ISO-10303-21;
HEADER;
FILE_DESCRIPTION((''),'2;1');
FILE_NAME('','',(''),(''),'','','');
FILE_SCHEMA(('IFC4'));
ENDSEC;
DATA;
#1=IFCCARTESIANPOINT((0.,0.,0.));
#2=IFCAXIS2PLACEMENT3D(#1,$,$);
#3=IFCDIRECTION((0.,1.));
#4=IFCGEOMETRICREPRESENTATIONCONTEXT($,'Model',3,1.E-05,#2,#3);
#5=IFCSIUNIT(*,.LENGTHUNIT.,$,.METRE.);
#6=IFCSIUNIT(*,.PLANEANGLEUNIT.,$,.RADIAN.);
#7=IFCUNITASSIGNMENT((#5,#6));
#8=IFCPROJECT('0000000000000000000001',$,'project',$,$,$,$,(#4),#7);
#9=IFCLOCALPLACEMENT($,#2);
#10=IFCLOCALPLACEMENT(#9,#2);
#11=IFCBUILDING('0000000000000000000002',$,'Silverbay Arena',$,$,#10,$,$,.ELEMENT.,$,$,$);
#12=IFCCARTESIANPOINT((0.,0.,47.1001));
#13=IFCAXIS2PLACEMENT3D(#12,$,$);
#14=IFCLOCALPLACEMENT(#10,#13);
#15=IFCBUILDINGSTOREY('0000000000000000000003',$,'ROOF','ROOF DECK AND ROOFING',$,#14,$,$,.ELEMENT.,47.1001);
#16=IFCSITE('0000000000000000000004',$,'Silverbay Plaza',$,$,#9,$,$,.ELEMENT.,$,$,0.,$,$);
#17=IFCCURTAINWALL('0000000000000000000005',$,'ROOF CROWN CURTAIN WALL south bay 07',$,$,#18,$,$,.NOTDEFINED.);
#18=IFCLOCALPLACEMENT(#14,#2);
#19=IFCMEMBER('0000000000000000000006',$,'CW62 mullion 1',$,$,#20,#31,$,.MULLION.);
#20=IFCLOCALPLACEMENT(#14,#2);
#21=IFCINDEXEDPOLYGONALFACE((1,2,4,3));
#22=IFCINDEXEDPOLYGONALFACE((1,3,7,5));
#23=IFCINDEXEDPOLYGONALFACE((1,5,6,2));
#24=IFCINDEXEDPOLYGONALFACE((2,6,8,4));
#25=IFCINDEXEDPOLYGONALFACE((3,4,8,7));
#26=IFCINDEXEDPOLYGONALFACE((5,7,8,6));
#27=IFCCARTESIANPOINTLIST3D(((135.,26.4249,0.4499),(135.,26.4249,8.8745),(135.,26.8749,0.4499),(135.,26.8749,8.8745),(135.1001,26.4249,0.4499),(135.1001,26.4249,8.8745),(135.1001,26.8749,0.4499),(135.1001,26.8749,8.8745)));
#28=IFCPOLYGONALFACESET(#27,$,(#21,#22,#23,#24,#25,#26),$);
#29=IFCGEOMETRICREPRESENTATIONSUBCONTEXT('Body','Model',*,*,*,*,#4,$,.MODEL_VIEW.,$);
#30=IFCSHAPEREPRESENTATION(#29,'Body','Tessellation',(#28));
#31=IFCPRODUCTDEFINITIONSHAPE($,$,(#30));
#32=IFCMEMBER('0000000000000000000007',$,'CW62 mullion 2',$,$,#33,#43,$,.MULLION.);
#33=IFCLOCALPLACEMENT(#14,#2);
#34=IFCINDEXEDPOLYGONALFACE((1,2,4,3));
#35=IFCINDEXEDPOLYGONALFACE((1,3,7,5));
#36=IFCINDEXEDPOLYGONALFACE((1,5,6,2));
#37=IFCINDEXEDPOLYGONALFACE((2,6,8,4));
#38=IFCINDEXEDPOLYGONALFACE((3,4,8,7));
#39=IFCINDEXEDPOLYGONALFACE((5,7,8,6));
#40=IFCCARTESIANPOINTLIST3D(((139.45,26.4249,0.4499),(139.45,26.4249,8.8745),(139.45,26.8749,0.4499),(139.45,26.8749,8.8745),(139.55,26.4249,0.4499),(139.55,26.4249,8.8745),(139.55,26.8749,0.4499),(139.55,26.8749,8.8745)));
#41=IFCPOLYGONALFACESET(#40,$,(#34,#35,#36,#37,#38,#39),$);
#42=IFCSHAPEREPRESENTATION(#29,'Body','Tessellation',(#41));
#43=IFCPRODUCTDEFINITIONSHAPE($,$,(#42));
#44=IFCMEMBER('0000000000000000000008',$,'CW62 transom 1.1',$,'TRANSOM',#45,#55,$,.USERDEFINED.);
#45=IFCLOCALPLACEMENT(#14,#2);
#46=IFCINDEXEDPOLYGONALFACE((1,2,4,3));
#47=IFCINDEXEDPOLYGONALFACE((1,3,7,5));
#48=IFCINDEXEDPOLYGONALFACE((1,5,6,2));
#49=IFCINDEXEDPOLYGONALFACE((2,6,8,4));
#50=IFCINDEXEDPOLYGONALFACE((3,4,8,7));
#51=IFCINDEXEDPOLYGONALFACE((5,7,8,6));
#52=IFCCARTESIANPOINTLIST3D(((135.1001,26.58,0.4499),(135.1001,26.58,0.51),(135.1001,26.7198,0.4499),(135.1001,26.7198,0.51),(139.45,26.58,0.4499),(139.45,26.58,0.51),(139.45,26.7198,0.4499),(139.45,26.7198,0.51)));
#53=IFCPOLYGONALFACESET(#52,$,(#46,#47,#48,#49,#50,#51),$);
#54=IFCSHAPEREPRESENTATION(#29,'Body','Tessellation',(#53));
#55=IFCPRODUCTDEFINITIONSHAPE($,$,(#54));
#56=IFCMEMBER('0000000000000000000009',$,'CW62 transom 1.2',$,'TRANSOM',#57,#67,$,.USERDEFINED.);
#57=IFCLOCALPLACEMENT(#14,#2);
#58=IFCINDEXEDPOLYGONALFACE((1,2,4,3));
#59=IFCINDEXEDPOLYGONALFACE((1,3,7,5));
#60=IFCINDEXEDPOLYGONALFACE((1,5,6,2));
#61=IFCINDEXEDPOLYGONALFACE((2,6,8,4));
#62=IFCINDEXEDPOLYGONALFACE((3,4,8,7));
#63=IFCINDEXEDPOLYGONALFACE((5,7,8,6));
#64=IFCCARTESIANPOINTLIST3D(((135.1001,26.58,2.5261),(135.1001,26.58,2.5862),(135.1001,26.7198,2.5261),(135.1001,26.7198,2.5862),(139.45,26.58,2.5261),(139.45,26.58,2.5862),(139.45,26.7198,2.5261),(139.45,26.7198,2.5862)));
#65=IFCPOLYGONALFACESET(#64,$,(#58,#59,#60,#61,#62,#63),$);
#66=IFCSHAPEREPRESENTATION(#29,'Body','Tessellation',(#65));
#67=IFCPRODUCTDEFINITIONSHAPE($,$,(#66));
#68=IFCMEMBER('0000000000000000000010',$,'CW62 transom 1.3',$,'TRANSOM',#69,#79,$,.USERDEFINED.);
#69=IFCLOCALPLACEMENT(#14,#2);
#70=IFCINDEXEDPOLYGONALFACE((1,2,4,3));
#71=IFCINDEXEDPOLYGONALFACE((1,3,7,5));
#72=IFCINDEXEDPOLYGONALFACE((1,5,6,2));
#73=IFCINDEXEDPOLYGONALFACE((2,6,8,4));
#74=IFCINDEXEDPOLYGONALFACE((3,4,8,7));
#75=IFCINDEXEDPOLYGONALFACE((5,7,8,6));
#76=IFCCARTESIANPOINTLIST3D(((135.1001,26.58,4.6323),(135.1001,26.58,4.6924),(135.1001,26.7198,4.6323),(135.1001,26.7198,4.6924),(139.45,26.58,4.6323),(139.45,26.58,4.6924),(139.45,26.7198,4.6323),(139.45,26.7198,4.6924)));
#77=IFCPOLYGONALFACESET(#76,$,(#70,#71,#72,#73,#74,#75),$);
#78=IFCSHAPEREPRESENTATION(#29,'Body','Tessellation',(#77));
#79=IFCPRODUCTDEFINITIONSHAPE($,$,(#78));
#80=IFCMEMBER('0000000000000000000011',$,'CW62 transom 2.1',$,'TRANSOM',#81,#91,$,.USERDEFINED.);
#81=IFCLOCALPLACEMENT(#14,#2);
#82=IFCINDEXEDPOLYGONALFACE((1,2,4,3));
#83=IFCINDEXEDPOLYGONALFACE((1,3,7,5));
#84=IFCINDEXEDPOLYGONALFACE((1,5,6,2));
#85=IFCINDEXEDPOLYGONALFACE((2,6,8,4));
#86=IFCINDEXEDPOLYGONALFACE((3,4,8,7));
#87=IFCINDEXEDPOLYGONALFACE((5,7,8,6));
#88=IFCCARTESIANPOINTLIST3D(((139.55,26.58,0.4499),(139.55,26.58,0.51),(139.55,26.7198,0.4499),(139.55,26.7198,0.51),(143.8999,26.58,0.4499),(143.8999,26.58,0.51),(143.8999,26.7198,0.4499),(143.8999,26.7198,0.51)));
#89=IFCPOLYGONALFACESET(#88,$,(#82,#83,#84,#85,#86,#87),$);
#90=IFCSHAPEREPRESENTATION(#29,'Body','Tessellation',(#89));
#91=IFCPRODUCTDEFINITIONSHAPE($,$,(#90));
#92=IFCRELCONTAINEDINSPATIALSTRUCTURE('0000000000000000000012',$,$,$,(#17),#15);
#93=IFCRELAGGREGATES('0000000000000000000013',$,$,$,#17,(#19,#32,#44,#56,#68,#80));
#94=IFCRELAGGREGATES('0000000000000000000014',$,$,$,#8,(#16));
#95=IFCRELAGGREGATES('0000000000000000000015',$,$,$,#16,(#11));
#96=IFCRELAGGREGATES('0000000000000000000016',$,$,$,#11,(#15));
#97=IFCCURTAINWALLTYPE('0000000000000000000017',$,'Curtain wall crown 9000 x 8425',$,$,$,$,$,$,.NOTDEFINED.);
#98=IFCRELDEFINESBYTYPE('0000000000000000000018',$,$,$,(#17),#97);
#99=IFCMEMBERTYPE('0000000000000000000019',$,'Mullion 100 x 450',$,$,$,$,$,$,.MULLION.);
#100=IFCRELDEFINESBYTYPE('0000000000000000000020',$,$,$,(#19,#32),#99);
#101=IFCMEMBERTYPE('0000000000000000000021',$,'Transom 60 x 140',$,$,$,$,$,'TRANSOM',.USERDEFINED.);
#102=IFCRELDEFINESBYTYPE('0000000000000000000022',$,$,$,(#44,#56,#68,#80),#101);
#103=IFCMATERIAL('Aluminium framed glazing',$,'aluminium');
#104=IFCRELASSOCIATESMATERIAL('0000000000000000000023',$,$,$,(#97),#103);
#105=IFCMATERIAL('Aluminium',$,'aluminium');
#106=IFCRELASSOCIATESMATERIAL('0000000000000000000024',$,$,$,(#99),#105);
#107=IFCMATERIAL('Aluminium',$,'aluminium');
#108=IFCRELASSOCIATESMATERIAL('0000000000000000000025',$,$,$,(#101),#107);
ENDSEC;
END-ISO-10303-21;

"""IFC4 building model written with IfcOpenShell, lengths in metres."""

from ifc_helpers import new_model, si_unit, direction, frame, origin, origin_2d, place, context, subcontext, project, spatial, rectangle, extrude, material, material_profile, profile_set, type_object, element, aggregate, save


model = new_model("IFC4")

# Units and contexts
model_context = context("Model", 3, precision=1e-05, world=origin(), true_north=direction((0.0, 1.0)))
body_context = subcontext(model_context, "Body", "Model", "MODEL_VIEW")
ifc_project = project(units=[si_unit("LENGTHUNIT", "METRE"), si_unit("PLANEANGLEUNIT", "RADIAN")], contexts=[model_context])

# Site, building, storey
site_placement = place(None, origin())
site = spatial("IfcSite", under=ifc_project, at=site_placement, Name="Silverbay Plaza", CompositionType="ELEMENT", RefElevation=0.0)
building_placement = place(site_placement, origin())
building = spatial("IfcBuilding", under=site, at=building_placement, Name="Silverbay Arena", CompositionType="ELEMENT")
storey_placement = place(building_placement, frame((0.0, 0.0, 47.1001)))
storey = spatial("IfcBuildingStorey", under=building, at=storey_placement, Name="ROOF", Description="ROOF DECK AND ROOFING", CompositionType="ELEMENT", Elevation=47.1001)

# Curtain wall, members
ifc_material_1 = material(Name="Aluminium framed glazing", Category="aluminium")
curtain_wall_type = type_object("IfcCurtainWallType", Name="Curtain wall crown 9000 x 8425", PredefinedType="NOTDEFINED", material=ifc_material_1)
curtain_wall_placement = place(storey_placement, origin())
curtain_wall = element("IfcCurtainWall", 1, at=curtain_wall_placement, inside=storey, type_object=curtain_wall_type, Name="ROOF CROWN CURTAIN WALL south bay 07", PredefinedType="NOTDEFINED")
ifc_material_2 = material(Name="Aluminium", Category="aluminium")
ifc_material_profile_1 = material_profile(ifc_material_2, rectangle(XDim=0.45, YDim=0.1001, at=origin_2d()), Name="Mullion 100 x 450")
ifc_profile_set_1 = profile_set([ifc_material_profile_1], Name="Aluminium")
member_type_1 = type_object("IfcMemberType", Name="Mullion 100 x 450", PredefinedType="MULLION", material=ifc_profile_set_1)
placement = place(building_placement, frame((0.0, 0.0, 33.5)))
member_1_placement = place(placement, frame((135.05, 26.6499, 14.05), z_axis=(0.0, 0.0, 1.0), x_axis=(0.0, 1.0, 0.0)))
member_1 = element("IfcMember", 2, at=member_1_placement, type_object=member_type_1, Name="CW62 mullion 1", PredefinedType="MULLION", context=body_context, shape_type="SweptSolid", body=[
    extrude(rectangle(XDim=0.45, YDim=0.1001, at=origin_2d()), origin(), (0.0, 0.0, 1.0), 8.4246),
])
member_2_placement = place(placement, frame((139.5, 26.6499, 14.05), z_axis=(0.0, 0.0, 1.0), x_axis=(0.0, 1.0, 0.0)))
member_2 = element("IfcMember", 3, at=member_2_placement, type_object=member_type_1, Name="CW62 mullion 2", PredefinedType="MULLION", context=body_context, shape_type="SweptSolid", body=[
    extrude(rectangle(XDim=0.45, YDim=0.1001, at=origin_2d()), origin(), (0.0, 0.0, 1.0), 8.4246),
])
ifc_material_3 = material(Name="Aluminium", Category="aluminium")
ifc_material_profile_2 = material_profile(ifc_material_3, rectangle(XDim=0.1399, YDim=0.0601, at=origin_2d()), Name="Transom 60 x 140")
ifc_profile_set_2 = profile_set([ifc_material_profile_2], Name="Aluminium")
member_type_2 = type_object("IfcMemberType", Name="Transom 60 x 140", ElementType="TRANSOM", PredefinedType="USERDEFINED", material=ifc_profile_set_2)
member_3_placement = place(placement, frame((135.1001, 26.6499, 14.0801), z_axis=(1.0, 0.0, 0.0), x_axis=(0.0, 1.0, 0.0)))
member_3 = element("IfcMember", 4, at=member_3_placement, type_object=member_type_2, Name="CW62 transom 1.1", ObjectType="TRANSOM", PredefinedType="USERDEFINED", context=body_context, shape_type="SweptSolid", body=[
    extrude(rectangle(XDim=0.1399, YDim=0.0601, at=origin_2d()), origin(), (0.0, 0.0, 1.0), 4.3499),
])
member_4_placement = place(placement, frame((135.1001, 26.6499, 16.1562), z_axis=(1.0, 0.0, 0.0), x_axis=(0.0, 1.0, 0.0)))
member_4 = element("IfcMember", 5, at=member_4_placement, type_object=member_type_2, Name="CW62 transom 1.2", ObjectType="TRANSOM", PredefinedType="USERDEFINED", context=body_context, shape_type="SweptSolid", body=[
    extrude(rectangle(XDim=0.1399, YDim=0.0601, at=origin_2d()), origin(), (0.0, 0.0, 1.0), 4.3499),
])
member_5_placement = place(placement, frame((135.1001, 26.6499, 18.2625), z_axis=(1.0, 0.0, 0.0), x_axis=(0.0, 1.0, 0.0)))
member_5 = element("IfcMember", 6, at=member_5_placement, type_object=member_type_2, Name="CW62 transom 1.3", ObjectType="TRANSOM", PredefinedType="USERDEFINED", context=body_context, shape_type="SweptSolid", body=[
    extrude(rectangle(XDim=0.1399, YDim=0.0601, at=origin_2d()), origin(), (0.0, 0.0, 1.0), 4.3499),
])
member_6_placement = place(placement, frame((139.55, 26.6499, 14.0801), z_axis=(1.0, 0.0, 0.0), x_axis=(0.0, 1.0, 0.0)))
member_6 = element("IfcMember", 7, at=member_6_placement, type_object=member_type_2, Name="CW62 transom 2.1", ObjectType="TRANSOM", PredefinedType="USERDEFINED", context=body_context, shape_type="SweptSolid", body=[
    extrude(rectangle(XDim=0.1399, YDim=0.0601, at=origin_2d()), origin(), (0.0, 0.0, 1.0), 4.3499),
])
aggregate(curtain_wall, [member_1, member_2, member_3, member_4, member_5, member_6])

save(model, "model.ifc")
